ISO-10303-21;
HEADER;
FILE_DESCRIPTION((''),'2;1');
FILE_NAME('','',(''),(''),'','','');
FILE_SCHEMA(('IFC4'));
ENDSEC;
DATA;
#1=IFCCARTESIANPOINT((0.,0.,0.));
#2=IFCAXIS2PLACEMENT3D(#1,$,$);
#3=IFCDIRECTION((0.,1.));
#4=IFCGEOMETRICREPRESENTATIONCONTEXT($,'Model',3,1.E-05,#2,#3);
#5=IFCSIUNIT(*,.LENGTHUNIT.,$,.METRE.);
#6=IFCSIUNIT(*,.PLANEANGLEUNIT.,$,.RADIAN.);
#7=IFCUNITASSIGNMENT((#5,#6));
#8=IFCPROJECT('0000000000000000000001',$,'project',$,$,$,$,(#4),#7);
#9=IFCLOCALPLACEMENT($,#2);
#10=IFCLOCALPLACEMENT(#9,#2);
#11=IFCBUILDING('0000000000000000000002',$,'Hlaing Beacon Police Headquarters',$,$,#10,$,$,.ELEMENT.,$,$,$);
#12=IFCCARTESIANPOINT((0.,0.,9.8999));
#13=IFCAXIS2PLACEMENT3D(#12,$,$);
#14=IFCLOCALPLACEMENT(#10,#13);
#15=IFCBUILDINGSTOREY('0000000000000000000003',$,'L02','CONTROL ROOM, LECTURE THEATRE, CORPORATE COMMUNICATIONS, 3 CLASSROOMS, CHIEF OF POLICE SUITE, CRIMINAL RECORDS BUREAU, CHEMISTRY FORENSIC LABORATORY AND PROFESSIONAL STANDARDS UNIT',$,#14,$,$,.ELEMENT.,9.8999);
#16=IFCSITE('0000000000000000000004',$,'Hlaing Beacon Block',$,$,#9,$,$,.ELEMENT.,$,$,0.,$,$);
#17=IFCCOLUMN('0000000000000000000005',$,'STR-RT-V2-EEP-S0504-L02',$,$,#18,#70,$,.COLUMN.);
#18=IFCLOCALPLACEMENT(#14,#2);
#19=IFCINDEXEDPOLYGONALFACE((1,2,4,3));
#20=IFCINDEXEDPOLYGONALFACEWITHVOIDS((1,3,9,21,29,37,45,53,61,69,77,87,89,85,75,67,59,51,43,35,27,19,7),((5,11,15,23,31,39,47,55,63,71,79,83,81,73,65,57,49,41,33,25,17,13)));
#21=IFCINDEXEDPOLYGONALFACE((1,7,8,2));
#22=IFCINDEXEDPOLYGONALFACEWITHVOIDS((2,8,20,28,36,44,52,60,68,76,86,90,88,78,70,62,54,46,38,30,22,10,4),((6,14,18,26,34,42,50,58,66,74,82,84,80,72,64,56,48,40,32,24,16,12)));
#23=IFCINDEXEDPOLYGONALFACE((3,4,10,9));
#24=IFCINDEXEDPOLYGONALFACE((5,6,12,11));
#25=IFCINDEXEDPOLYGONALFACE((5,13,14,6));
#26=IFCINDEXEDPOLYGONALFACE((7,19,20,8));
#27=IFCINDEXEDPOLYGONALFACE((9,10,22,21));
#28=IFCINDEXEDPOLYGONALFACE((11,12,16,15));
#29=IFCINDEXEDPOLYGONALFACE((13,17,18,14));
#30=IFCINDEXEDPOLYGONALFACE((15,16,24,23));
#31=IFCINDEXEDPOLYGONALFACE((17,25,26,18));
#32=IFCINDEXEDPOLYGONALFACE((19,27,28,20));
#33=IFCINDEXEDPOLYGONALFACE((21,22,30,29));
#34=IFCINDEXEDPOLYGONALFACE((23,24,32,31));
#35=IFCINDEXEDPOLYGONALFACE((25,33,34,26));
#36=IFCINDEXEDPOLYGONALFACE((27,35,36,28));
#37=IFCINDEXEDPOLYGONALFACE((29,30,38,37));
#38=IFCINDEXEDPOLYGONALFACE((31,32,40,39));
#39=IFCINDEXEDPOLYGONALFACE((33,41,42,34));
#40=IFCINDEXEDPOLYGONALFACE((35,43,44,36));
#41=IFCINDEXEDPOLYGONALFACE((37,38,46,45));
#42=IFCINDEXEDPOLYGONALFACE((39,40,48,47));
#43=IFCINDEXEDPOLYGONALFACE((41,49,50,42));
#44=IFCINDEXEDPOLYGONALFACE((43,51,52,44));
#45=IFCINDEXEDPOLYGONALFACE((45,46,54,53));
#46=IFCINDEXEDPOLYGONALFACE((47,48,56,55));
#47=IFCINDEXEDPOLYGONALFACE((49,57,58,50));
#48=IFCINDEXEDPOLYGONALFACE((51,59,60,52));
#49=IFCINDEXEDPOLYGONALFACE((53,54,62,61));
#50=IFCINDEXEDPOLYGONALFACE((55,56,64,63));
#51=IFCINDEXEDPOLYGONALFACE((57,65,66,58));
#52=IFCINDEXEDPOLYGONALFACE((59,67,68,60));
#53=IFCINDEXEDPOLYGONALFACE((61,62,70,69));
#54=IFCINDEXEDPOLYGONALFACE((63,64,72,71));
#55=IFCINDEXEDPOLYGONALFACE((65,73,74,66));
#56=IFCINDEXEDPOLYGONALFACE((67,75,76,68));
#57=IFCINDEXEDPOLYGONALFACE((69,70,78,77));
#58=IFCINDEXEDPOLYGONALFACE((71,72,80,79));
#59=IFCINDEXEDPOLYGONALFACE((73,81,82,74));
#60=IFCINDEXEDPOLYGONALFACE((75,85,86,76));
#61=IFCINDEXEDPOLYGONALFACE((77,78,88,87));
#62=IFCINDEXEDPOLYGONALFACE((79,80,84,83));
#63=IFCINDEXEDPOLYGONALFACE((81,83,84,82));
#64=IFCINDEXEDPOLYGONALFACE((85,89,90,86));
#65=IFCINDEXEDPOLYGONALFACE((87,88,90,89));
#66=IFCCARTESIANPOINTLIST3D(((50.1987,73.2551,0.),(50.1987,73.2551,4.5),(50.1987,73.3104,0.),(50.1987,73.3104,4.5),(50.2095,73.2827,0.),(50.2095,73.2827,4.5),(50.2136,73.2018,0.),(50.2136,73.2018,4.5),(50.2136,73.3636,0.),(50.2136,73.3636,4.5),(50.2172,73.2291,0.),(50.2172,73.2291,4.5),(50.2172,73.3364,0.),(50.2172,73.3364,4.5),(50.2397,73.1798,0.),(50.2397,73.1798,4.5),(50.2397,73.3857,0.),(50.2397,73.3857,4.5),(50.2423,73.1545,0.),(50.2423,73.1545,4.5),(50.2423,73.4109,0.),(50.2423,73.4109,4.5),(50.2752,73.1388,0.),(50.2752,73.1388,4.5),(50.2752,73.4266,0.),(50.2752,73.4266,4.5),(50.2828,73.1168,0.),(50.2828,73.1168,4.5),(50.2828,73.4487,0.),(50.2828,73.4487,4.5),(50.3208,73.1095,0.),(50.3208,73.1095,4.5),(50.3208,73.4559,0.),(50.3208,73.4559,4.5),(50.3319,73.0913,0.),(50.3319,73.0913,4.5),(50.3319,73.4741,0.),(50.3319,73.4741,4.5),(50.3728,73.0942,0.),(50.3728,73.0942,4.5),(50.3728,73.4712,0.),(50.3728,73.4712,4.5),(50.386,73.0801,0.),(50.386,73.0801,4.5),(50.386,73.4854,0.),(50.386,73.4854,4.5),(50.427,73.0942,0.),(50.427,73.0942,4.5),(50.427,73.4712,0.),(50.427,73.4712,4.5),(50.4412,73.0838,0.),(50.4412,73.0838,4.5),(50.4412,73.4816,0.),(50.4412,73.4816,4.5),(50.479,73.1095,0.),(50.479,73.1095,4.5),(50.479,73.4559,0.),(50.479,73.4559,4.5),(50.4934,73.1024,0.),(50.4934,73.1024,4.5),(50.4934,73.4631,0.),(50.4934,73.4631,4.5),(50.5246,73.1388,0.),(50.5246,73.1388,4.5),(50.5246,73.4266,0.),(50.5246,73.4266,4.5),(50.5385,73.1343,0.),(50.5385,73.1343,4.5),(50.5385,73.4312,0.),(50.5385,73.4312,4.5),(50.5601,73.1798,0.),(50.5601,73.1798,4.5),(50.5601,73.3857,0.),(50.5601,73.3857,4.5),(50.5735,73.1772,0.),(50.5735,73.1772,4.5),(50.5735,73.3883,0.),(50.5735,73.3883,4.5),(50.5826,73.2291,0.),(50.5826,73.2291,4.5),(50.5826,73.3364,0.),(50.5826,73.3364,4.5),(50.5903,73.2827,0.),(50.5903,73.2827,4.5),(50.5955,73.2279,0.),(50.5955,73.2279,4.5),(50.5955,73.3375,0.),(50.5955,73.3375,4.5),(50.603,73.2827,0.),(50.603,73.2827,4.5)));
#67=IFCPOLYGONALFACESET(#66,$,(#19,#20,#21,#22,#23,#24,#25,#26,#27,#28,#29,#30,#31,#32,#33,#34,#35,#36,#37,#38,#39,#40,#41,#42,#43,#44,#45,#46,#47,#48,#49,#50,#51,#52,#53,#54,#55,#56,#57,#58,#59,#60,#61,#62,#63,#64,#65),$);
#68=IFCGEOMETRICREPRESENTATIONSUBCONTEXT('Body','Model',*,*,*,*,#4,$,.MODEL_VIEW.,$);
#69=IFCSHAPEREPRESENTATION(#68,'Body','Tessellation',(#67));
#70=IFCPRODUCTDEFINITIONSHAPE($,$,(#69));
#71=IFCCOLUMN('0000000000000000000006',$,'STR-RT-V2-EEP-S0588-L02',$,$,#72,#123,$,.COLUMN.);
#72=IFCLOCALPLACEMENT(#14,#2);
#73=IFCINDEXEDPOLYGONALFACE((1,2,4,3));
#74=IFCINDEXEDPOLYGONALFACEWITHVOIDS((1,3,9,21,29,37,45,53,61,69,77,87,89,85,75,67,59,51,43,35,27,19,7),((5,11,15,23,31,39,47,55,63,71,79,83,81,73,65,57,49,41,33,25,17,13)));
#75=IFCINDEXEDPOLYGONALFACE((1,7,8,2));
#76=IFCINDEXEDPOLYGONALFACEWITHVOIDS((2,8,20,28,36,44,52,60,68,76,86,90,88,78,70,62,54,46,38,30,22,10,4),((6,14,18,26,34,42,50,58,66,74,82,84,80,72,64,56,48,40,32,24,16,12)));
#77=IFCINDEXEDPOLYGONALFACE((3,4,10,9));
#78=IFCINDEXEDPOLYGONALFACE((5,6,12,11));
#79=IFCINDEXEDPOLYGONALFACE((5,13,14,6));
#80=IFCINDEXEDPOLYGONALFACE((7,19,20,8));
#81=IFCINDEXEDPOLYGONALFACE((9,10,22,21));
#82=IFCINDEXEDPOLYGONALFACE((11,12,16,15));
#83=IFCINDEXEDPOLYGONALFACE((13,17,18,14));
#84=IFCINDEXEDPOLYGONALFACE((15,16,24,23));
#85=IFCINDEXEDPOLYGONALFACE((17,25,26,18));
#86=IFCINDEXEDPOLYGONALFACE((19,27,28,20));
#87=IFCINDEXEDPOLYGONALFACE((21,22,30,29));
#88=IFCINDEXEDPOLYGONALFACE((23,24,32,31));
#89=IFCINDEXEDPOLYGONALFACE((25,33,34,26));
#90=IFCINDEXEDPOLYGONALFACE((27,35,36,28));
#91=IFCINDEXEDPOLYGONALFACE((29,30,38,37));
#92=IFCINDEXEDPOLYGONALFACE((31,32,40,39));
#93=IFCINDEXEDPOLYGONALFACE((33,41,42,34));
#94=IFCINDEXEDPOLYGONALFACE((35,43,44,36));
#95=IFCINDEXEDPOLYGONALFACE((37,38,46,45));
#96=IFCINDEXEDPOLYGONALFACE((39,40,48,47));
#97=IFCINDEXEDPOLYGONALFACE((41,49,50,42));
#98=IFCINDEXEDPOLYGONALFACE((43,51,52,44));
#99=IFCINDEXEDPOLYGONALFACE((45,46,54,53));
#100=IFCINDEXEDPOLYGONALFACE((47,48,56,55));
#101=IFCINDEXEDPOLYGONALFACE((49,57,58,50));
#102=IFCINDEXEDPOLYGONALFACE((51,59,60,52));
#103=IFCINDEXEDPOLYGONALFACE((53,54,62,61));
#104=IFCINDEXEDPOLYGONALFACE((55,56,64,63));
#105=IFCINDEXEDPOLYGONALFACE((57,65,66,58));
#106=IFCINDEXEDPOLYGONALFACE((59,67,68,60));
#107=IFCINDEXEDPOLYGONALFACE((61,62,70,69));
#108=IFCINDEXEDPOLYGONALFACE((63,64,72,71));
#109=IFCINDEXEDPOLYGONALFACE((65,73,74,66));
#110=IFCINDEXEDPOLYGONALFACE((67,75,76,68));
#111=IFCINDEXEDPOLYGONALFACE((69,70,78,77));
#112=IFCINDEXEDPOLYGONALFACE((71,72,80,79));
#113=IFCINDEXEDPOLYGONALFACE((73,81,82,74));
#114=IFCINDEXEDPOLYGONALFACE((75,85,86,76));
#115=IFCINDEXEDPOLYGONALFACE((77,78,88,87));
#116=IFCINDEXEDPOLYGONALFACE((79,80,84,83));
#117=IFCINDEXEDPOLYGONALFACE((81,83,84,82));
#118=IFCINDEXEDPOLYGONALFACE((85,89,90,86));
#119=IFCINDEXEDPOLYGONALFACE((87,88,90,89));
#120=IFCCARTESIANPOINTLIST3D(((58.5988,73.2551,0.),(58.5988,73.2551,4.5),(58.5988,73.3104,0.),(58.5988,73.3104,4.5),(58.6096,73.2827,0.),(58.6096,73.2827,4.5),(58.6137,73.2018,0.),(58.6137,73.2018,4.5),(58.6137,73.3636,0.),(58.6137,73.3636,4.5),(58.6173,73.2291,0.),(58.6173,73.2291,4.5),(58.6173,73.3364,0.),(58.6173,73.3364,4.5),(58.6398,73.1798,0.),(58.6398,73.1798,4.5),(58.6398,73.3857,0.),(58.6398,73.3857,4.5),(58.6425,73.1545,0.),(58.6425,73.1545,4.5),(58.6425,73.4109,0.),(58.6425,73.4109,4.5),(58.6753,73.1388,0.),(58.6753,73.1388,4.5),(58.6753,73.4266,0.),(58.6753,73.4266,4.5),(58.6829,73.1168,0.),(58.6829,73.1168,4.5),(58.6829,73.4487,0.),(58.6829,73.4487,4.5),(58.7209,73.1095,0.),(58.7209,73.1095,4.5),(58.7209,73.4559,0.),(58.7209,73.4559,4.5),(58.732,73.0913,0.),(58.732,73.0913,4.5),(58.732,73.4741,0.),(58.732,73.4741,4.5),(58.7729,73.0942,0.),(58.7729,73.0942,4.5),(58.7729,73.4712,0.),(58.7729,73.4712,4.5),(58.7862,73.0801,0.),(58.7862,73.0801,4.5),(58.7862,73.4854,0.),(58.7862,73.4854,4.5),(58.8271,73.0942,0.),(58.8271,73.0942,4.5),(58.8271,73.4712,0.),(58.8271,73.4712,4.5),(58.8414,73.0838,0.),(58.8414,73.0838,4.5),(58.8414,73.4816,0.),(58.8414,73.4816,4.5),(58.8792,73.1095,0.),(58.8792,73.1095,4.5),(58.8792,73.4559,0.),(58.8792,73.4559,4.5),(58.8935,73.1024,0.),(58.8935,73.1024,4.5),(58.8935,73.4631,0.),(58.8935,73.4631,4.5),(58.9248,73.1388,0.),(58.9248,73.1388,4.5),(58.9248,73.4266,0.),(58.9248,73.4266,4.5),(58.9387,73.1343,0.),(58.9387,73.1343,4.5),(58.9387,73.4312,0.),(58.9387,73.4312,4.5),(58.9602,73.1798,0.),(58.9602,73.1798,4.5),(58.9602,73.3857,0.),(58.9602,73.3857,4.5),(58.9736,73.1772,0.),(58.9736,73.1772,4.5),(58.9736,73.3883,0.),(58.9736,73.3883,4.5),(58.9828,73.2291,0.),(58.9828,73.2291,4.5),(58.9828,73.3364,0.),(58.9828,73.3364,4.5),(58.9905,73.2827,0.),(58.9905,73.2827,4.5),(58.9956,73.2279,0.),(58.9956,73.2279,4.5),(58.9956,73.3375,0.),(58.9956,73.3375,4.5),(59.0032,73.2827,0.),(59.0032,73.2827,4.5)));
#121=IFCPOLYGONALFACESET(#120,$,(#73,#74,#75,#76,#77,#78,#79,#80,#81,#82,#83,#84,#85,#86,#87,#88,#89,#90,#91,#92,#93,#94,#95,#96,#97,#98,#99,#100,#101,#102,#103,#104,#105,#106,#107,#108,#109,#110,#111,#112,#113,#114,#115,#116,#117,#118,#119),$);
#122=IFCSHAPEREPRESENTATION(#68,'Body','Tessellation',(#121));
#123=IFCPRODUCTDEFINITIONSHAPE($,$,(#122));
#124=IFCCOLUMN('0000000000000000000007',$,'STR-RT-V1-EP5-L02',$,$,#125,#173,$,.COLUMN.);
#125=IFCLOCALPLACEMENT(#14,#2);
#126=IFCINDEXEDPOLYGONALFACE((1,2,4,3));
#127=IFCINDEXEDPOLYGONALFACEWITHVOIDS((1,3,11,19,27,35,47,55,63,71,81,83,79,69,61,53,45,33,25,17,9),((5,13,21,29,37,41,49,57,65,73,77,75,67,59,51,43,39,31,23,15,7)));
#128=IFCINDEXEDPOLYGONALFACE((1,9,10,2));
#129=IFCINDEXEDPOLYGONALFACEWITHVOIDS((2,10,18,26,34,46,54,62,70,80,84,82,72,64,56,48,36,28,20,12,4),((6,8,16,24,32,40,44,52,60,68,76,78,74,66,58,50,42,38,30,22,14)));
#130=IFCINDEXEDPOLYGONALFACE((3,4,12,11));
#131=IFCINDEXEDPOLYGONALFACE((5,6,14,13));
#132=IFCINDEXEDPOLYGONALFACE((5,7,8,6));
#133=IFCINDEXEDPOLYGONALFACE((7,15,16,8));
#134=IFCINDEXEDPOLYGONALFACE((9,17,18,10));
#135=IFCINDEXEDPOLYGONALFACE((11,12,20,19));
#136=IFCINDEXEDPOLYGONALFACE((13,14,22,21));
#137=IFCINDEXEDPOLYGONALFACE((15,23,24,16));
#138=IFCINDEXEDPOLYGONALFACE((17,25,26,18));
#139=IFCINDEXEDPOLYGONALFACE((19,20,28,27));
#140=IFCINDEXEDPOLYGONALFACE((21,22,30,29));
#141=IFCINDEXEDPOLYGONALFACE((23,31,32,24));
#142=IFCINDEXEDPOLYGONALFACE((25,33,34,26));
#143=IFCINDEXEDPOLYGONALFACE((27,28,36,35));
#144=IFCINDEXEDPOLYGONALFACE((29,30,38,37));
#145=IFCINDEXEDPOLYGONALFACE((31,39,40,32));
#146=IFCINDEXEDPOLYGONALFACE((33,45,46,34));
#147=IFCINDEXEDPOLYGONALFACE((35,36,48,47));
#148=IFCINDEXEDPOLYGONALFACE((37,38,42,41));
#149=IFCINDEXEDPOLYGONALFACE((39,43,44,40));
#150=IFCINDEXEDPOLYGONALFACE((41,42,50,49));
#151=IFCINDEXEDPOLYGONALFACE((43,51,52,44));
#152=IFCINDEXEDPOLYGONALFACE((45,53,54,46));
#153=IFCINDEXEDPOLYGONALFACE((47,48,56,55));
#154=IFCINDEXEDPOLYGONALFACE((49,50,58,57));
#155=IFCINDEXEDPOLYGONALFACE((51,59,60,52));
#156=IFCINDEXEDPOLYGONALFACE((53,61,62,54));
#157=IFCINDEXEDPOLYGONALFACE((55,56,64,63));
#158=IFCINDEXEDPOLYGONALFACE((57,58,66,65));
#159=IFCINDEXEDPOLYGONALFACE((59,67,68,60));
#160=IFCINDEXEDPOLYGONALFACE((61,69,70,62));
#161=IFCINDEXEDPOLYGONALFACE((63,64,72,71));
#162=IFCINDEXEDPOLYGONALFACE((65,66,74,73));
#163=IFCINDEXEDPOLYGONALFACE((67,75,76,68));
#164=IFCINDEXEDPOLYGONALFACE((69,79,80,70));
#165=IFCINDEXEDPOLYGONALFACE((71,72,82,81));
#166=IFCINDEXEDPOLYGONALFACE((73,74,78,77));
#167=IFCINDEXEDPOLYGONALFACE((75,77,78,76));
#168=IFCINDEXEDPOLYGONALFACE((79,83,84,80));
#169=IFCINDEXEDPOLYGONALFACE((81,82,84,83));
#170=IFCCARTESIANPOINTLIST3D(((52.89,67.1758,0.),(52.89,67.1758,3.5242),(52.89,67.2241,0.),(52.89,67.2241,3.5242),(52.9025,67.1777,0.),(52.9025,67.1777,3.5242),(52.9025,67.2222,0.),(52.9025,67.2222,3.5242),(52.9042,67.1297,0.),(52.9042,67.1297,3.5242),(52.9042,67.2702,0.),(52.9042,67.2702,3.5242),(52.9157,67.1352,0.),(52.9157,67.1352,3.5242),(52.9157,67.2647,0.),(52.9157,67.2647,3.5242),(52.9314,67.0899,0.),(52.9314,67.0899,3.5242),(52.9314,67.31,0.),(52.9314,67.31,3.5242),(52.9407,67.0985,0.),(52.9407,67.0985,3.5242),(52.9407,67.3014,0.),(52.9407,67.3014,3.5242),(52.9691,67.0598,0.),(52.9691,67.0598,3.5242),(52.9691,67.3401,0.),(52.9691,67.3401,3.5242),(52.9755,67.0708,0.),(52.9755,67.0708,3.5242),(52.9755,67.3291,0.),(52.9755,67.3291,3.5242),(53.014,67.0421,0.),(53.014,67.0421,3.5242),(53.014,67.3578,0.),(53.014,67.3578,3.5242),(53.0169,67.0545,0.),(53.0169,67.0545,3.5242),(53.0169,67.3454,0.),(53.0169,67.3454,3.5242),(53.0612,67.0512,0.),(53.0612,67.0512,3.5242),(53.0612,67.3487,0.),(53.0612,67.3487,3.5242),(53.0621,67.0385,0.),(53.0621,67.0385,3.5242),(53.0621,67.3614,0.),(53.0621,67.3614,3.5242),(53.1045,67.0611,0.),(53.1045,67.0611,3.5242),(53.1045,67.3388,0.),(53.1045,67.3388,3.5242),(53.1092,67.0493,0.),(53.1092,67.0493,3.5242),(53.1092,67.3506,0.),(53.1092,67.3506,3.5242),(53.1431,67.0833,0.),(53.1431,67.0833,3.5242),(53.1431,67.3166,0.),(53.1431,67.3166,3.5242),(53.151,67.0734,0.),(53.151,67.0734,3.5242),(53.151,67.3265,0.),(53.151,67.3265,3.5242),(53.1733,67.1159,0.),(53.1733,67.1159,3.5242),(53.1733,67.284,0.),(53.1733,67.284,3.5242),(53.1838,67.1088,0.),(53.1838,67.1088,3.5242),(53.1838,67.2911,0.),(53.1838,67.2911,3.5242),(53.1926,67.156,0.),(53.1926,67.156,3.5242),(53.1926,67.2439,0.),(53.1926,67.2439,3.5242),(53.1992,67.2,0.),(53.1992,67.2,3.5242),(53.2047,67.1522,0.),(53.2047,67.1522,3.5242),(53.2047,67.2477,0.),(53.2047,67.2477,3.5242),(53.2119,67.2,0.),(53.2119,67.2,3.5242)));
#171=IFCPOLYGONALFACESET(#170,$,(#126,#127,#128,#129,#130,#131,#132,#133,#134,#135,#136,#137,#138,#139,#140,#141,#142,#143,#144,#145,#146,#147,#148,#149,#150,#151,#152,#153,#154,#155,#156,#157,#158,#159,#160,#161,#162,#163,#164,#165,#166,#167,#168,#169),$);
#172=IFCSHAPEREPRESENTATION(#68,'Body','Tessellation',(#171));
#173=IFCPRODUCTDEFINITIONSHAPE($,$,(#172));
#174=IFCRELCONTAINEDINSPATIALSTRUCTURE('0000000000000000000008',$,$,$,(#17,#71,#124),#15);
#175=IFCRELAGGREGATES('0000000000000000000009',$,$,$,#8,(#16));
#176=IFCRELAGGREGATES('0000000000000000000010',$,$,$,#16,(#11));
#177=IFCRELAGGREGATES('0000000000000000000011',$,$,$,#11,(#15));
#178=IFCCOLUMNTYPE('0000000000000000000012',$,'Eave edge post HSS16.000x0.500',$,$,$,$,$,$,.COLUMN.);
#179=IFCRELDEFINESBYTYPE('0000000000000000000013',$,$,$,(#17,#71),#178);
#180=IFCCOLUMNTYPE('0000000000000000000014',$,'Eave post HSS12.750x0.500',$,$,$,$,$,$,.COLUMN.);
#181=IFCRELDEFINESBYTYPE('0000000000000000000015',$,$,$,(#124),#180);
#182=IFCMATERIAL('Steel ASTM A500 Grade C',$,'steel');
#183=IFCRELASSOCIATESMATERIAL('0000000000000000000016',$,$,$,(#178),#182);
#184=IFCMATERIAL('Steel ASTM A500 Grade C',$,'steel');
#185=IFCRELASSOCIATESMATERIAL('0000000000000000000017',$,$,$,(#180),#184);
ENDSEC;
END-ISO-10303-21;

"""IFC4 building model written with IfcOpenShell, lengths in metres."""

from ifc_helpers import new_model, si_unit, direction, frame, origin, origin_2d, place, context, subcontext, project, spatial, hollow_circle, extrude, material, material_profile, profile_set, type_object, element, save


model = new_model("IFC4")

# Units and contexts
model_context = context("Model", 3, precision=1e-05, world=origin(), true_north=direction((0.0, 1.0)))
body_context = subcontext(model_context, "Body", "Model", "MODEL_VIEW")
ifc_project = project(units=[si_unit("LENGTHUNIT", "METRE"), si_unit("PLANEANGLEUNIT", "RADIAN")], contexts=[model_context])

# Site, building, storey
site_placement = place(None, origin())
site = spatial("IfcSite", under=ifc_project, at=site_placement, Name="Hlaing Beacon Block", CompositionType="ELEMENT", RefElevation=0.0)
building_placement = place(site_placement, origin())
building = spatial("IfcBuilding", under=site, at=building_placement, Name="Hlaing Beacon Police Headquarters", CompositionType="ELEMENT")
storey_placement = place(building_placement, frame((0.0, 0.0, 9.8999)))
storey = spatial("IfcBuildingStorey", under=building, at=storey_placement, Name="L02", Description="CONTROL ROOM, LECTURE THEATRE, CORPORATE COMMUNICATIONS, 3 CLASSROOMS, CHIEF OF POLICE SUITE, CRIMINAL RECORDS BUREAU, CHEMISTRY FORENSIC LABORATORY AND PROFESSIONAL STANDARDS UNIT", CompositionType="ELEMENT", Elevation=9.8999)

# Columns
ifc_material_1 = material(Name="Steel ASTM A500 Grade C", Category="steel")
ifc_material_profile_1 = material_profile(ifc_material_1, hollow_circle(Radius=0.2031, WallThickness=0.0127, at=origin_2d()), Name="HSS16.000x0.500")
ifc_profile_set_1 = profile_set([ifc_material_profile_1], Name="Steel ASTM A500 Grade C")
column_type_1 = type_object("IfcColumnType", Name="Eave edge post HSS16.000x0.500", PredefinedType="COLUMN", material=ifc_profile_set_1)
for number, where, z_axis, x_axis, name in (
    (1, (50.3999, 73.2827, 0.0), (0.0, 0.0, 1.0), (1.0, 0.0, 0.0), "STR-RT-V2-EEP-S0504-L02"),
    (2, (58.8, 73.2827, 0.0), (0.0, 0.0, 1.0), (1.0, 0.0, 0.0), "STR-RT-V2-EEP-S0588-L02"),
):
    element("IfcColumn", number, at=place(storey_placement, frame(where, z_axis=z_axis, x_axis=x_axis)), inside=storey, type_object=column_type_1, Name=name, PredefinedType="COLUMN", context=body_context, shape_type="SweptSolid", body=[
        extrude(hollow_circle(Radius=0.2031, WallThickness=0.0127, at=origin_2d()), origin(), (0.0, 0.0, 1.0), 4.5),
    ])
ifc_material_2 = material(Name="Steel ASTM A500 Grade C", Category="steel")
ifc_material_profile_2 = material_profile(ifc_material_2, hollow_circle(Radius=0.1619, WallThickness=0.0127, at=origin_2d()), Name="HSS12.750x0.500")
ifc_profile_set_2 = profile_set([ifc_material_profile_2], Name="Steel ASTM A500 Grade C")
column_type_2 = type_object("IfcColumnType", Name="Eave post HSS12.750x0.500", PredefinedType="COLUMN", material=ifc_profile_set_2)
column_placement = place(storey_placement, frame((53.05, 67.2, 0.0), z_axis=(0.0, 0.0, 1.0), x_axis=(1.0, 0.0, 0.0)))
element("IfcColumn", 3, at=column_placement, inside=storey, type_object=column_type_2, Name="STR-RT-V1-EP5-L02", PredefinedType="COLUMN", context=body_context, shape_type="SweptSolid", body=[
    extrude(hollow_circle(Radius=0.1619, WallThickness=0.0127, at=origin_2d()), origin(), (0.0, 0.0, 1.0), 3.5242),
])

save(model, "model.ifc")
